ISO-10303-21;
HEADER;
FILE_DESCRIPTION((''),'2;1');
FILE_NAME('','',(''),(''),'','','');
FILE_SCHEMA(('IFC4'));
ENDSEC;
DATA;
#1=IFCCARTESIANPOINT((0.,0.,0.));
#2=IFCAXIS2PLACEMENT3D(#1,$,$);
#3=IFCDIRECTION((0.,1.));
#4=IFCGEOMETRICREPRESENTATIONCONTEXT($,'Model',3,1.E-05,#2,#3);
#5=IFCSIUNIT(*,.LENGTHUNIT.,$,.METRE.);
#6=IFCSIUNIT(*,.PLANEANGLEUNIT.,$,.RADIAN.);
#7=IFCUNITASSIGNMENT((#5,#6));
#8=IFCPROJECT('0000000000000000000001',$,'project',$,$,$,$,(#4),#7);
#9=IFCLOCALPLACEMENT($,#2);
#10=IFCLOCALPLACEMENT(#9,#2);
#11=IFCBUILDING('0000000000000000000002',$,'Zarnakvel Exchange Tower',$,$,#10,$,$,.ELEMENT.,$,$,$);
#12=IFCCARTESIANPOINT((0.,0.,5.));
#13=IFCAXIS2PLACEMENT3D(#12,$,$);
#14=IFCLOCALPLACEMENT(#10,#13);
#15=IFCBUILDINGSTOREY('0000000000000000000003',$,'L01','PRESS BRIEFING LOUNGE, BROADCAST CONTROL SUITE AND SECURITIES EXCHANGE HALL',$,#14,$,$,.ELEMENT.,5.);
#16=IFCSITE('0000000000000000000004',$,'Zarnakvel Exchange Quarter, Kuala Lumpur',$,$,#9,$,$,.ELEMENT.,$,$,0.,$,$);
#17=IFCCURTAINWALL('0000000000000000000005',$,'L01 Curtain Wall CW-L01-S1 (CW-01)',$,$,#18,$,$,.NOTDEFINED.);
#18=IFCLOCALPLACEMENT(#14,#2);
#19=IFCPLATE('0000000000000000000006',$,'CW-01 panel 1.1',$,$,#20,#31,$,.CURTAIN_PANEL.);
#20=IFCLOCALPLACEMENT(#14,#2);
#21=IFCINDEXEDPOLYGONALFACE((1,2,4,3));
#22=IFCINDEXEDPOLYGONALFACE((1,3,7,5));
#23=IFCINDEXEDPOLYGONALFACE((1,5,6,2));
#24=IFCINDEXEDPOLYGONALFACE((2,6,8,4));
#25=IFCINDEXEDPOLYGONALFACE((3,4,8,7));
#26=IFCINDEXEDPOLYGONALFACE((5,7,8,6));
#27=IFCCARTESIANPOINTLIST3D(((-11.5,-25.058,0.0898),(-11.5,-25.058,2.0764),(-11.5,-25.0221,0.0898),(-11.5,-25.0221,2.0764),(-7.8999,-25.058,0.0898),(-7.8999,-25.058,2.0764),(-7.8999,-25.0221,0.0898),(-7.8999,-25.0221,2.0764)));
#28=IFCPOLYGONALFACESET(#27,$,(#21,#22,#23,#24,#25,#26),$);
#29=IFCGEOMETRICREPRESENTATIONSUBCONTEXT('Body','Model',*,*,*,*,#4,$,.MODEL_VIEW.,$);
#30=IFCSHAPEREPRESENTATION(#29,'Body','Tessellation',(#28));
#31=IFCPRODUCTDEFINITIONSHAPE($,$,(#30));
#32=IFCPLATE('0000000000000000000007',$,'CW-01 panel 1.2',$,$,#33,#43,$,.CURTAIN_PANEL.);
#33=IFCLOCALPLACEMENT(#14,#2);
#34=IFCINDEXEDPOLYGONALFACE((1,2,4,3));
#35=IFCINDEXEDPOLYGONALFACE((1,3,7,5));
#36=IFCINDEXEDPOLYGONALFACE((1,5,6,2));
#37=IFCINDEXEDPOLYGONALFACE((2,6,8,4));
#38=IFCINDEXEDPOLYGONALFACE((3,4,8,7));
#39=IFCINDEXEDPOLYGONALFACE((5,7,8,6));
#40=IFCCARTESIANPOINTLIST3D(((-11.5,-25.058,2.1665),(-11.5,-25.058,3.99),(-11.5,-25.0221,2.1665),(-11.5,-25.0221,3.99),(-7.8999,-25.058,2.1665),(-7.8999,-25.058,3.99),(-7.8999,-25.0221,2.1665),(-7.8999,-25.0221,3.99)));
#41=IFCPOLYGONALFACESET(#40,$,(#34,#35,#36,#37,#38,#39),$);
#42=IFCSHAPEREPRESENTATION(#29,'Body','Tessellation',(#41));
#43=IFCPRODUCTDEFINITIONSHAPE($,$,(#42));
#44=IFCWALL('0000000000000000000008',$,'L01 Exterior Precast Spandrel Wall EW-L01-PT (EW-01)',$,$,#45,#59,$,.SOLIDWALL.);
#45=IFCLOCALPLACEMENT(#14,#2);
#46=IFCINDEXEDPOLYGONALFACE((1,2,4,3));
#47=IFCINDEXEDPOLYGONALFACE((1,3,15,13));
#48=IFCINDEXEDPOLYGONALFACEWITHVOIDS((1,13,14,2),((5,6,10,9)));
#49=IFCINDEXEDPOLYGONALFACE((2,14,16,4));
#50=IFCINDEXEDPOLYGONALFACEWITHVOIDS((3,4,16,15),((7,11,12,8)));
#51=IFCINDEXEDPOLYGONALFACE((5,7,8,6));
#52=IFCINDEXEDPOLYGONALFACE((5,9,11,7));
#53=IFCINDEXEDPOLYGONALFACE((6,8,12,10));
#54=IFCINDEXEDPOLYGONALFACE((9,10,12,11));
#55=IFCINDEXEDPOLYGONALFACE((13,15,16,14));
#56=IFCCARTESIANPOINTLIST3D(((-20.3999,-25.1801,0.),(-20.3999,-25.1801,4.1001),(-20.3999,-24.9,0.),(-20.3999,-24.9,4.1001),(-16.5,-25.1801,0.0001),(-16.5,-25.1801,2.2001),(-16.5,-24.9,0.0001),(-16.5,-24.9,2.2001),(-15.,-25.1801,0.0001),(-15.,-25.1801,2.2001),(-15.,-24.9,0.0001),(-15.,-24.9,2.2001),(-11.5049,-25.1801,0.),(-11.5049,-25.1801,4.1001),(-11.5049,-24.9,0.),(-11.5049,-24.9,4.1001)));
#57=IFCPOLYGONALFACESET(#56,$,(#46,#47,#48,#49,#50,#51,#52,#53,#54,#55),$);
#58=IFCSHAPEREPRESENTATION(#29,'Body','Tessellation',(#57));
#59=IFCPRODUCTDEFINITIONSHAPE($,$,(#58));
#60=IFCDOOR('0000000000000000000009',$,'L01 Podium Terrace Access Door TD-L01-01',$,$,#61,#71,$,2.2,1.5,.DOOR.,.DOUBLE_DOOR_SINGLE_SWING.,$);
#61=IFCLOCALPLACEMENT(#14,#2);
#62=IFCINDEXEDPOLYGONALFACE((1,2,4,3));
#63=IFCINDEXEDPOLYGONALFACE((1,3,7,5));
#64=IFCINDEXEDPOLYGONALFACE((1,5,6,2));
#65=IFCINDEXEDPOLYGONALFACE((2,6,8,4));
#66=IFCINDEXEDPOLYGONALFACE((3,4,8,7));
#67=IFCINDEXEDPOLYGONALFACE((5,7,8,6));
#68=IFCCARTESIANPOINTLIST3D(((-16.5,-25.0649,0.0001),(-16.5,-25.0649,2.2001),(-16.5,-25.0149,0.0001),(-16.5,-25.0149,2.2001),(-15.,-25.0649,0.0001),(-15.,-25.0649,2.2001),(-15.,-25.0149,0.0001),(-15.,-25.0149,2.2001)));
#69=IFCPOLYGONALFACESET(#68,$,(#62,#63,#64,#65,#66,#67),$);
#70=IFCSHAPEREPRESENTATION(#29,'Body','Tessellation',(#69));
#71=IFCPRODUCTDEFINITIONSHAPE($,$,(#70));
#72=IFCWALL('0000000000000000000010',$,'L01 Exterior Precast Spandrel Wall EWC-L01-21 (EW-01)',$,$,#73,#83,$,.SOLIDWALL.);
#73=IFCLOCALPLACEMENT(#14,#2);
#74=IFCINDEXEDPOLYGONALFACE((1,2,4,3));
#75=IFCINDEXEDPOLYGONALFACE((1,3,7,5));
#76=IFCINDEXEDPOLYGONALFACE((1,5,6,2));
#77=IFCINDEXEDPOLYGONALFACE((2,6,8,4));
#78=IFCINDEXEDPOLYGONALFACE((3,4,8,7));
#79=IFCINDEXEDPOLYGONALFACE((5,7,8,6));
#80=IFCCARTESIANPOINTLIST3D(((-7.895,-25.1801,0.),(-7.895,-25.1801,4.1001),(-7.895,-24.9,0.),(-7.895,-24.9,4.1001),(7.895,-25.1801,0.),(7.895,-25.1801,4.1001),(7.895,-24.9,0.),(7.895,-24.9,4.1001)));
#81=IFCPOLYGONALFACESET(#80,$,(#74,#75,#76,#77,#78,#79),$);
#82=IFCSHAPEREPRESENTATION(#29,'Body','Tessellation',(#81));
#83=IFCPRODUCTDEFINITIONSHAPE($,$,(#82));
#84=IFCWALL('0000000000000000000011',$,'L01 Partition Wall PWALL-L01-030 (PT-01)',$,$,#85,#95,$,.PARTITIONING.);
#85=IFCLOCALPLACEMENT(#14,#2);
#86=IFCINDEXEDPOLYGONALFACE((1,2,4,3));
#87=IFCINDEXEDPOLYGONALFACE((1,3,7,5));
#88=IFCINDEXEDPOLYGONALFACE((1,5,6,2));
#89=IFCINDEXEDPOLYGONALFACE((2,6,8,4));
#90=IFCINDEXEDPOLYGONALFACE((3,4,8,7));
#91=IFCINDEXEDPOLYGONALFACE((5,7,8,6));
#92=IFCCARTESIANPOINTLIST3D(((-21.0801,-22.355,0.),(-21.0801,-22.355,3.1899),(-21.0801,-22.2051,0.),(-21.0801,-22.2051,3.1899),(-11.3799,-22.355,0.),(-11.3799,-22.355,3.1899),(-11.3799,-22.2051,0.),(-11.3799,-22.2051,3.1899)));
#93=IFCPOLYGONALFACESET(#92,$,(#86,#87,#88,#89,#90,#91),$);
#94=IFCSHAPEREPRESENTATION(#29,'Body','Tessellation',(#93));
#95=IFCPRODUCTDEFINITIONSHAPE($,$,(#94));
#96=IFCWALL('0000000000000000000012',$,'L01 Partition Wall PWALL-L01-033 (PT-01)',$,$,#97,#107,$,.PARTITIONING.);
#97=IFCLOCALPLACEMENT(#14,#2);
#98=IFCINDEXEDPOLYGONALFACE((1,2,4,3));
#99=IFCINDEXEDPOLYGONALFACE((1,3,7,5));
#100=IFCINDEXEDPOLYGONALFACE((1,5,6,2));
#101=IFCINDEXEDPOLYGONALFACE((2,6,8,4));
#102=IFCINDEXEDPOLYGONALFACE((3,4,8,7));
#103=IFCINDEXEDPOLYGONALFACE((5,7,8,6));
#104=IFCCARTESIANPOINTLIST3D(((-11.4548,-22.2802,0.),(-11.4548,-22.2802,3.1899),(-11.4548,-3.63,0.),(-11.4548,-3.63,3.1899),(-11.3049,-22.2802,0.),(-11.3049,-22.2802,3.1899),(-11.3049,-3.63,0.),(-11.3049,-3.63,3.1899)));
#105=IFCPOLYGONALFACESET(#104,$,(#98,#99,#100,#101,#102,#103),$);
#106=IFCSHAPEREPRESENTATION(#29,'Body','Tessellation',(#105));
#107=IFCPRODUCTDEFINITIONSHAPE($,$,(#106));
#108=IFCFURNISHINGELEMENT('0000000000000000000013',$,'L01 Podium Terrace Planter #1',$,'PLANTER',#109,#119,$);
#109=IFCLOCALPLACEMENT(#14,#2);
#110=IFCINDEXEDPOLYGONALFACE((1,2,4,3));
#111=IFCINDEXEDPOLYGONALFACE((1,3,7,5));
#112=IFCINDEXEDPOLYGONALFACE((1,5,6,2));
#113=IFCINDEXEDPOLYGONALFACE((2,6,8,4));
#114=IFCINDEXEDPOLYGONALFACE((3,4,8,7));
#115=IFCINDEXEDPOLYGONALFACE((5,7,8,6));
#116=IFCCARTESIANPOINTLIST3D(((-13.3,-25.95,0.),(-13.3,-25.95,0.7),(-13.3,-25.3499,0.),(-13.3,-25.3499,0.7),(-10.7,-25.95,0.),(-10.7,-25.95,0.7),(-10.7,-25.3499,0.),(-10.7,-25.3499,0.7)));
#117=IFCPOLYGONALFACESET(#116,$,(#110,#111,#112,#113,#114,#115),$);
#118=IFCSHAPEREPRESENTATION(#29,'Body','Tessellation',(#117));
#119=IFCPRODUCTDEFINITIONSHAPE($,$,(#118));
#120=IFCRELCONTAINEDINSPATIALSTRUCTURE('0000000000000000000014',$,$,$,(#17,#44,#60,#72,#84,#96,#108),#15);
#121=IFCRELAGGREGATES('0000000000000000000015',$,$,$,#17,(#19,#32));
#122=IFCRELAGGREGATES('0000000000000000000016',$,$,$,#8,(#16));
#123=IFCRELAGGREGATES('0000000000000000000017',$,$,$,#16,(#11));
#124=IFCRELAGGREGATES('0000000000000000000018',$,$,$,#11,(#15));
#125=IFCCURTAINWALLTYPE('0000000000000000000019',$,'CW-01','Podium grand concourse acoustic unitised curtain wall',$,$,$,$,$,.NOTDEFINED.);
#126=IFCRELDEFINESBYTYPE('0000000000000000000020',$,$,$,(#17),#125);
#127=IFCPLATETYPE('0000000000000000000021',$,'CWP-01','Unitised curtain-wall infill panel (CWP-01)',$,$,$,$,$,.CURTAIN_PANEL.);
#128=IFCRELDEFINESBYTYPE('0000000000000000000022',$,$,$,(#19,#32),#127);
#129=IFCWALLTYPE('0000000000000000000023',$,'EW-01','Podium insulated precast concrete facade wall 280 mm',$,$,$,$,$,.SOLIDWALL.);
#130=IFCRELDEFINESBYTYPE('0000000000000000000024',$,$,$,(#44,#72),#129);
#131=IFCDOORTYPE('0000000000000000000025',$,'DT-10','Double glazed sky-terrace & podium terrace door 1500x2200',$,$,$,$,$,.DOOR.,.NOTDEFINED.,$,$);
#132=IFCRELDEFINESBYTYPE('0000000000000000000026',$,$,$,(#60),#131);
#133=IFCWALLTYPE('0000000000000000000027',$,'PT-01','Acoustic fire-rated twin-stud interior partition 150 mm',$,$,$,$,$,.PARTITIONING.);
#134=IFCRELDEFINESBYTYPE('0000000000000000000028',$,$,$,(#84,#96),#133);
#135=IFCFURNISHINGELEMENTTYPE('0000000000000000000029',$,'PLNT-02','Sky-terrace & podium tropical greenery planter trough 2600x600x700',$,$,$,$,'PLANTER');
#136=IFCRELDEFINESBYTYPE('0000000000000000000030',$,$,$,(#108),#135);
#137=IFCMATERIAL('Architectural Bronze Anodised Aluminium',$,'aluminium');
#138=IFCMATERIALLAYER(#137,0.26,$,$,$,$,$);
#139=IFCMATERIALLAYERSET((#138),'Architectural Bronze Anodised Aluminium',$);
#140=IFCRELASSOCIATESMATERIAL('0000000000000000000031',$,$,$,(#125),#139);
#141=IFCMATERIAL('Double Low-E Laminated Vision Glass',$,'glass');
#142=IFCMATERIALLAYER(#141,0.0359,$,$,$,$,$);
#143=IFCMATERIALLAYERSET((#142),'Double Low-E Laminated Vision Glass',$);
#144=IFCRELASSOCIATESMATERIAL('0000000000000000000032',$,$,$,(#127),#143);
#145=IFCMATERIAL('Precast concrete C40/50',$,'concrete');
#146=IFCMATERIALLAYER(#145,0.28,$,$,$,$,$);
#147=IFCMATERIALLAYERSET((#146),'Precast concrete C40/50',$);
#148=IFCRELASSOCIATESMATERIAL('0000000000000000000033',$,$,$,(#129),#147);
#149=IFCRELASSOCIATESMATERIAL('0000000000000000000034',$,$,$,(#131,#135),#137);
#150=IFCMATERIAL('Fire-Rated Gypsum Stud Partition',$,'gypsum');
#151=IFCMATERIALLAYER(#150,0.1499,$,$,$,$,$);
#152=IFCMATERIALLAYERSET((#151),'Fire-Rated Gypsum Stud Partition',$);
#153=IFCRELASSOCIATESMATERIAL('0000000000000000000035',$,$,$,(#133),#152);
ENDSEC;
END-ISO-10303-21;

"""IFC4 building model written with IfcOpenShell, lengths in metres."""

from ifc_helpers import new_model, si_unit, direction, frame, frame_2d, origin, origin_2d, place, context, subcontext, project, spatial, rectangle, extrude, source, transform, mapped, material, layer, layer_set, type_object, element, fill, aggregate, save


model = new_model("IFC4")

# Units and contexts
model_context = context("Model", 3, precision=1e-05, world=origin(), true_north=direction((0.0, 1.0)))
body_context = subcontext(model_context, "Body", "Model", "MODEL_VIEW")
ifc_project = project(units=[si_unit("LENGTHUNIT", "METRE"), si_unit("PLANEANGLEUNIT", "RADIAN")], contexts=[model_context])

# Site, building, storey
site_placement = place(None, origin())
site = spatial("IfcSite", under=ifc_project, at=site_placement, Name="Zarnakvel Exchange Quarter, Kuala Lumpur", CompositionType="ELEMENT", RefElevation=0.0)
building_placement = place(site_placement, origin())
building = spatial("IfcBuilding", under=site, at=building_placement, Name="Zarnakvel Exchange Tower", CompositionType="ELEMENT")
storey_placement = place(building_placement, frame((0.0, 0.0, 5.0)))
storey = spatial("IfcBuildingStorey", under=building, at=storey_placement, Name="L01", Description="PRESS BRIEFING LOUNGE, BROADCAST CONTROL SUITE AND SECURITIES EXCHANGE HALL", CompositionType="ELEMENT", Elevation=5.0)

# Curtain wall, plates
ifc_material_1 = material(Name="Architectural Bronze Anodised Aluminium", Category="aluminium")
ifc_layer_1 = layer(ifc_material_1, 0.26)
ifc_layer_set_1 = layer_set([ifc_layer_1], Name="Architectural Bronze Anodised Aluminium")
curtain_wall_type = type_object("IfcCurtainWallType", Name="CW-01", Description="Podium grand concourse acoustic unitised curtain wall", PredefinedType="NOTDEFINED", material=ifc_layer_set_1)
curtain_wall_placement = place(storey_placement, origin())
curtain_wall = element("IfcCurtainWall", 1, at=curtain_wall_placement, inside=storey, type_object=curtain_wall_type, Name="L01 Curtain Wall CW-L01-S1 (CW-01)", PredefinedType="NOTDEFINED")
ifc_material_2 = material(Name="Double Low-E Laminated Vision Glass", Category="glass")
ifc_layer_2 = layer(ifc_material_2, 0.0359)
ifc_layer_set_2 = layer_set([ifc_layer_2], Name="Double Low-E Laminated Vision Glass")
plate_type = type_object("IfcPlateType", Name="CWP-01", Description="Unitised curtain-wall infill panel (CWP-01)", PredefinedType="CURTAIN_PANEL", material=ifc_layer_set_2)
shared_shape_1 = source(origin(), body_context, "Body", "SweptSolid", [
    extrude(rectangle(XDim=3.6001, YDim=0.0359, at=origin_2d()), origin(), (0.0, 0.0, 1.0), 1.9866),
])
plate_1_placement = place(storey_placement, frame((-9.7, -25.04, 0.0898), z_axis=(0.0, 0.0, 1.0), x_axis=(1.0, 0.0, 0.0)))
plate_1 = element("IfcPlate", 2, at=plate_1_placement, type_object=plate_type, Name="CW-01 panel 1.1", PredefinedType="CURTAIN_PANEL", context=body_context, shape_type="MappedRepresentation", body=[
    mapped(shared_shape_1, transform((0.0, 0.0, 0.0), x_axis=(1.0, 0.0, 0.0), y_axis=(0.0, 1.0, 0.0), z_axis=(0.0, 0.0, 1.0), scale=1.0)),
])
shared_shape_2 = source(origin(), body_context, "Body", "SweptSolid", [
    extrude(rectangle(XDim=3.6001, YDim=0.0359, at=origin_2d()), origin(), (0.0, 0.0, 1.0), 1.8235),
])
plate_2_placement = place(storey_placement, frame((-9.7, -25.04, 2.1665), z_axis=(0.0, 0.0, 1.0), x_axis=(1.0, 0.0, 0.0)))
plate_2 = element("IfcPlate", 3, at=plate_2_placement, type_object=plate_type, Name="CW-01 panel 1.2", PredefinedType="CURTAIN_PANEL", context=body_context, shape_type="MappedRepresentation", body=[
    mapped(shared_shape_2, transform((0.0, 0.0, 0.0), x_axis=(1.0, 0.0, 0.0), y_axis=(0.0, 1.0, 0.0), z_axis=(0.0, 0.0, 1.0), scale=1.0)),
])
aggregate(curtain_wall, [plate_1, plate_2])

# Wall, opening, door
ifc_material_3 = material(Name="Precast concrete C40/50", Category="concrete")
ifc_layer_3 = layer(ifc_material_3, 0.28)
ifc_layer_set_3 = layer_set([ifc_layer_3], Name="Precast concrete C40/50")
wall_type_1 = type_object("IfcWallType", Name="EW-01", Description="Podium insulated precast concrete facade wall 280 mm", PredefinedType="SOLIDWALL", material=ifc_layer_set_3)
wall_1_placement = place(storey_placement, frame((-11.5049, -25.04, 0.0), z_axis=(0.0, 0.0, 1.0), x_axis=(-1.0, 0.0, 0.0)))
wall_1 = element("IfcWall", 4, at=wall_1_placement, inside=storey, type_object=wall_type_1, Name="L01 Exterior Precast Spandrel Wall EW-L01-PT (EW-01)", PredefinedType="SOLIDWALL", context=body_context, shape_type="SweptSolid", body=[
    extrude(rectangle(XDim=8.895, YDim=0.28, at=frame_2d((4.4475, 0.0))), origin(), (0.0, 0.0, 1.0), 4.1001),
])
opening_placement = place(wall_1_placement, frame((3.4951, 0.0, 0.0)))
opening = element("IfcOpeningElement", 5, at=opening_placement, cuts=wall_1, PredefinedType="OPENING", context=body_context, shape_type="SweptSolid", body=[
    extrude(rectangle(XDim=1.5, YDim=2.2, at=frame_2d((0.75, 1.1001))), frame((0.0, 0.1499, 0.0), z_axis=(0.0, -1.0, 0.0), x_axis=(1.0, 0.0, 0.0)), (0.0, 0.0, 1.0), 0.3),
])
door_type = type_object("IfcDoorType", Name="DT-10", Description="Double glazed sky-terrace & podium terrace door 1500x2200", OperationType="NOTDEFINED", PredefinedType="DOOR", material=ifc_material_1)
shared_shape_3 = source(origin(), body_context, "Body", "SweptSolid", [
    extrude(rectangle(XDim=1.5, YDim=2.2, at=frame_2d((0.75, 1.1001))), frame((0.0, 0.0249, 0.0), z_axis=(0.0, -1.0, 0.0), x_axis=(1.0, 0.0, 0.0)), (0.0, 0.0, 1.0), 0.05),
])
door_placement = place(opening_placement, origin())
door = element("IfcDoor", 6, at=door_placement, inside=storey, type_object=door_type, Name="L01 Podium Terrace Access Door TD-L01-01", OperationType="DOUBLE_DOOR_SINGLE_SWING", OverallHeight=2.2, OverallWidth=1.5, PredefinedType="DOOR", context=body_context, shape_type="MappedRepresentation", body=[
    mapped(shared_shape_3, transform((0.0, 0.0, 0.0), x_axis=(1.0, 0.0, 0.0), y_axis=(0.0, 1.0, 0.0), z_axis=(0.0, 0.0, 1.0), scale=1.0)),
])
fill(opening, door)

# Walls
wall_2_placement = place(storey_placement, frame((-7.895, -25.04, 0.0), z_axis=(0.0, 0.0, 1.0), x_axis=(1.0, 0.0, 0.0)))
element("IfcWall", 7, at=wall_2_placement, inside=storey, type_object=wall_type_1, Name="L01 Exterior Precast Spandrel Wall EWC-L01-21 (EW-01)", PredefinedType="SOLIDWALL", context=body_context, shape_type="SweptSolid", body=[
    extrude(rectangle(XDim=15.79, YDim=0.28, at=frame_2d((7.895, 0.0))), origin(), (0.0, 0.0, 1.0), 4.1001),
])
ifc_material_4 = material(Name="Fire-Rated Gypsum Stud Partition", Category="gypsum")
ifc_layer_4 = layer(ifc_material_4, 0.1499)
ifc_layer_set_4 = layer_set([ifc_layer_4], Name="Fire-Rated Gypsum Stud Partition")
wall_type_2 = type_object("IfcWallType", Name="PT-01", Description="Acoustic fire-rated twin-stud interior partition 150 mm", PredefinedType="PARTITIONING", material=ifc_layer_set_4)
wall_3_placement = place(storey_placement, frame((-11.3799, -22.28, 0.0), z_axis=(0.0, 0.0, 1.0), x_axis=(-1.0, 0.0, 0.0)))
element("IfcWall", 8, at=wall_3_placement, inside=storey, type_object=wall_type_2, Name="L01 Partition Wall PWALL-L01-030 (PT-01)", PredefinedType="PARTITIONING", context=body_context, shape_type="SweptSolid", body=[
    extrude(rectangle(XDim=9.7002, YDim=0.1499, at=frame_2d((4.8501, 0.0))), origin(), (0.0, 0.0, 1.0), 3.1899),
])
wall_4_placement = place(storey_placement, frame((-11.3799, -3.6299, 0.0), z_axis=(0.0, 0.0, 1.0), x_axis=(0.0, -1.0, 0.0)))
element("IfcWall", 9, at=wall_4_placement, inside=storey, type_object=wall_type_2, Name="L01 Partition Wall PWALL-L01-033 (PT-01)", PredefinedType="PARTITIONING", context=body_context, shape_type="SweptSolid", body=[
    extrude(rectangle(XDim=18.6501, YDim=0.1499, at=frame_2d((9.3252, 0.0))), origin(), (0.0, 0.0, 1.0), 3.1899),
])

# Furnishing element
furnishing_element_type = type_object("IfcFurnishingElementType", Name="PLNT-02", Description="Sky-terrace & podium tropical greenery planter trough 2600x600x700", ElementType="PLANTER", material=ifc_material_1)
shared_shape_4 = source(origin(), body_context, "Body", "SweptSolid", [
    extrude(rectangle(XDim=2.6001, YDim=0.6001, at=origin_2d()), origin(), (0.0, 0.0, 1.0), 0.7),
])
furnishing_placement = place(storey_placement, frame((-12.0, -25.6499, 0.0), z_axis=(0.0, 0.0, 1.0), x_axis=(1.0, 0.0, 0.0)))
element("IfcFurnishingElement", 10, at=furnishing_placement, inside=storey, type_object=furnishing_element_type, Name="L01 Podium Terrace Planter #1", ObjectType="PLANTER", context=body_context, shape_type="MappedRepresentation", body=[
    mapped(shared_shape_4, transform((0.0, 0.0, 0.0), x_axis=(1.0, 0.0, 0.0), y_axis=(0.0, 1.0, 0.0), z_axis=(0.0, 0.0, 1.0), scale=1.0)),
])

save(model, "model.ifc")
